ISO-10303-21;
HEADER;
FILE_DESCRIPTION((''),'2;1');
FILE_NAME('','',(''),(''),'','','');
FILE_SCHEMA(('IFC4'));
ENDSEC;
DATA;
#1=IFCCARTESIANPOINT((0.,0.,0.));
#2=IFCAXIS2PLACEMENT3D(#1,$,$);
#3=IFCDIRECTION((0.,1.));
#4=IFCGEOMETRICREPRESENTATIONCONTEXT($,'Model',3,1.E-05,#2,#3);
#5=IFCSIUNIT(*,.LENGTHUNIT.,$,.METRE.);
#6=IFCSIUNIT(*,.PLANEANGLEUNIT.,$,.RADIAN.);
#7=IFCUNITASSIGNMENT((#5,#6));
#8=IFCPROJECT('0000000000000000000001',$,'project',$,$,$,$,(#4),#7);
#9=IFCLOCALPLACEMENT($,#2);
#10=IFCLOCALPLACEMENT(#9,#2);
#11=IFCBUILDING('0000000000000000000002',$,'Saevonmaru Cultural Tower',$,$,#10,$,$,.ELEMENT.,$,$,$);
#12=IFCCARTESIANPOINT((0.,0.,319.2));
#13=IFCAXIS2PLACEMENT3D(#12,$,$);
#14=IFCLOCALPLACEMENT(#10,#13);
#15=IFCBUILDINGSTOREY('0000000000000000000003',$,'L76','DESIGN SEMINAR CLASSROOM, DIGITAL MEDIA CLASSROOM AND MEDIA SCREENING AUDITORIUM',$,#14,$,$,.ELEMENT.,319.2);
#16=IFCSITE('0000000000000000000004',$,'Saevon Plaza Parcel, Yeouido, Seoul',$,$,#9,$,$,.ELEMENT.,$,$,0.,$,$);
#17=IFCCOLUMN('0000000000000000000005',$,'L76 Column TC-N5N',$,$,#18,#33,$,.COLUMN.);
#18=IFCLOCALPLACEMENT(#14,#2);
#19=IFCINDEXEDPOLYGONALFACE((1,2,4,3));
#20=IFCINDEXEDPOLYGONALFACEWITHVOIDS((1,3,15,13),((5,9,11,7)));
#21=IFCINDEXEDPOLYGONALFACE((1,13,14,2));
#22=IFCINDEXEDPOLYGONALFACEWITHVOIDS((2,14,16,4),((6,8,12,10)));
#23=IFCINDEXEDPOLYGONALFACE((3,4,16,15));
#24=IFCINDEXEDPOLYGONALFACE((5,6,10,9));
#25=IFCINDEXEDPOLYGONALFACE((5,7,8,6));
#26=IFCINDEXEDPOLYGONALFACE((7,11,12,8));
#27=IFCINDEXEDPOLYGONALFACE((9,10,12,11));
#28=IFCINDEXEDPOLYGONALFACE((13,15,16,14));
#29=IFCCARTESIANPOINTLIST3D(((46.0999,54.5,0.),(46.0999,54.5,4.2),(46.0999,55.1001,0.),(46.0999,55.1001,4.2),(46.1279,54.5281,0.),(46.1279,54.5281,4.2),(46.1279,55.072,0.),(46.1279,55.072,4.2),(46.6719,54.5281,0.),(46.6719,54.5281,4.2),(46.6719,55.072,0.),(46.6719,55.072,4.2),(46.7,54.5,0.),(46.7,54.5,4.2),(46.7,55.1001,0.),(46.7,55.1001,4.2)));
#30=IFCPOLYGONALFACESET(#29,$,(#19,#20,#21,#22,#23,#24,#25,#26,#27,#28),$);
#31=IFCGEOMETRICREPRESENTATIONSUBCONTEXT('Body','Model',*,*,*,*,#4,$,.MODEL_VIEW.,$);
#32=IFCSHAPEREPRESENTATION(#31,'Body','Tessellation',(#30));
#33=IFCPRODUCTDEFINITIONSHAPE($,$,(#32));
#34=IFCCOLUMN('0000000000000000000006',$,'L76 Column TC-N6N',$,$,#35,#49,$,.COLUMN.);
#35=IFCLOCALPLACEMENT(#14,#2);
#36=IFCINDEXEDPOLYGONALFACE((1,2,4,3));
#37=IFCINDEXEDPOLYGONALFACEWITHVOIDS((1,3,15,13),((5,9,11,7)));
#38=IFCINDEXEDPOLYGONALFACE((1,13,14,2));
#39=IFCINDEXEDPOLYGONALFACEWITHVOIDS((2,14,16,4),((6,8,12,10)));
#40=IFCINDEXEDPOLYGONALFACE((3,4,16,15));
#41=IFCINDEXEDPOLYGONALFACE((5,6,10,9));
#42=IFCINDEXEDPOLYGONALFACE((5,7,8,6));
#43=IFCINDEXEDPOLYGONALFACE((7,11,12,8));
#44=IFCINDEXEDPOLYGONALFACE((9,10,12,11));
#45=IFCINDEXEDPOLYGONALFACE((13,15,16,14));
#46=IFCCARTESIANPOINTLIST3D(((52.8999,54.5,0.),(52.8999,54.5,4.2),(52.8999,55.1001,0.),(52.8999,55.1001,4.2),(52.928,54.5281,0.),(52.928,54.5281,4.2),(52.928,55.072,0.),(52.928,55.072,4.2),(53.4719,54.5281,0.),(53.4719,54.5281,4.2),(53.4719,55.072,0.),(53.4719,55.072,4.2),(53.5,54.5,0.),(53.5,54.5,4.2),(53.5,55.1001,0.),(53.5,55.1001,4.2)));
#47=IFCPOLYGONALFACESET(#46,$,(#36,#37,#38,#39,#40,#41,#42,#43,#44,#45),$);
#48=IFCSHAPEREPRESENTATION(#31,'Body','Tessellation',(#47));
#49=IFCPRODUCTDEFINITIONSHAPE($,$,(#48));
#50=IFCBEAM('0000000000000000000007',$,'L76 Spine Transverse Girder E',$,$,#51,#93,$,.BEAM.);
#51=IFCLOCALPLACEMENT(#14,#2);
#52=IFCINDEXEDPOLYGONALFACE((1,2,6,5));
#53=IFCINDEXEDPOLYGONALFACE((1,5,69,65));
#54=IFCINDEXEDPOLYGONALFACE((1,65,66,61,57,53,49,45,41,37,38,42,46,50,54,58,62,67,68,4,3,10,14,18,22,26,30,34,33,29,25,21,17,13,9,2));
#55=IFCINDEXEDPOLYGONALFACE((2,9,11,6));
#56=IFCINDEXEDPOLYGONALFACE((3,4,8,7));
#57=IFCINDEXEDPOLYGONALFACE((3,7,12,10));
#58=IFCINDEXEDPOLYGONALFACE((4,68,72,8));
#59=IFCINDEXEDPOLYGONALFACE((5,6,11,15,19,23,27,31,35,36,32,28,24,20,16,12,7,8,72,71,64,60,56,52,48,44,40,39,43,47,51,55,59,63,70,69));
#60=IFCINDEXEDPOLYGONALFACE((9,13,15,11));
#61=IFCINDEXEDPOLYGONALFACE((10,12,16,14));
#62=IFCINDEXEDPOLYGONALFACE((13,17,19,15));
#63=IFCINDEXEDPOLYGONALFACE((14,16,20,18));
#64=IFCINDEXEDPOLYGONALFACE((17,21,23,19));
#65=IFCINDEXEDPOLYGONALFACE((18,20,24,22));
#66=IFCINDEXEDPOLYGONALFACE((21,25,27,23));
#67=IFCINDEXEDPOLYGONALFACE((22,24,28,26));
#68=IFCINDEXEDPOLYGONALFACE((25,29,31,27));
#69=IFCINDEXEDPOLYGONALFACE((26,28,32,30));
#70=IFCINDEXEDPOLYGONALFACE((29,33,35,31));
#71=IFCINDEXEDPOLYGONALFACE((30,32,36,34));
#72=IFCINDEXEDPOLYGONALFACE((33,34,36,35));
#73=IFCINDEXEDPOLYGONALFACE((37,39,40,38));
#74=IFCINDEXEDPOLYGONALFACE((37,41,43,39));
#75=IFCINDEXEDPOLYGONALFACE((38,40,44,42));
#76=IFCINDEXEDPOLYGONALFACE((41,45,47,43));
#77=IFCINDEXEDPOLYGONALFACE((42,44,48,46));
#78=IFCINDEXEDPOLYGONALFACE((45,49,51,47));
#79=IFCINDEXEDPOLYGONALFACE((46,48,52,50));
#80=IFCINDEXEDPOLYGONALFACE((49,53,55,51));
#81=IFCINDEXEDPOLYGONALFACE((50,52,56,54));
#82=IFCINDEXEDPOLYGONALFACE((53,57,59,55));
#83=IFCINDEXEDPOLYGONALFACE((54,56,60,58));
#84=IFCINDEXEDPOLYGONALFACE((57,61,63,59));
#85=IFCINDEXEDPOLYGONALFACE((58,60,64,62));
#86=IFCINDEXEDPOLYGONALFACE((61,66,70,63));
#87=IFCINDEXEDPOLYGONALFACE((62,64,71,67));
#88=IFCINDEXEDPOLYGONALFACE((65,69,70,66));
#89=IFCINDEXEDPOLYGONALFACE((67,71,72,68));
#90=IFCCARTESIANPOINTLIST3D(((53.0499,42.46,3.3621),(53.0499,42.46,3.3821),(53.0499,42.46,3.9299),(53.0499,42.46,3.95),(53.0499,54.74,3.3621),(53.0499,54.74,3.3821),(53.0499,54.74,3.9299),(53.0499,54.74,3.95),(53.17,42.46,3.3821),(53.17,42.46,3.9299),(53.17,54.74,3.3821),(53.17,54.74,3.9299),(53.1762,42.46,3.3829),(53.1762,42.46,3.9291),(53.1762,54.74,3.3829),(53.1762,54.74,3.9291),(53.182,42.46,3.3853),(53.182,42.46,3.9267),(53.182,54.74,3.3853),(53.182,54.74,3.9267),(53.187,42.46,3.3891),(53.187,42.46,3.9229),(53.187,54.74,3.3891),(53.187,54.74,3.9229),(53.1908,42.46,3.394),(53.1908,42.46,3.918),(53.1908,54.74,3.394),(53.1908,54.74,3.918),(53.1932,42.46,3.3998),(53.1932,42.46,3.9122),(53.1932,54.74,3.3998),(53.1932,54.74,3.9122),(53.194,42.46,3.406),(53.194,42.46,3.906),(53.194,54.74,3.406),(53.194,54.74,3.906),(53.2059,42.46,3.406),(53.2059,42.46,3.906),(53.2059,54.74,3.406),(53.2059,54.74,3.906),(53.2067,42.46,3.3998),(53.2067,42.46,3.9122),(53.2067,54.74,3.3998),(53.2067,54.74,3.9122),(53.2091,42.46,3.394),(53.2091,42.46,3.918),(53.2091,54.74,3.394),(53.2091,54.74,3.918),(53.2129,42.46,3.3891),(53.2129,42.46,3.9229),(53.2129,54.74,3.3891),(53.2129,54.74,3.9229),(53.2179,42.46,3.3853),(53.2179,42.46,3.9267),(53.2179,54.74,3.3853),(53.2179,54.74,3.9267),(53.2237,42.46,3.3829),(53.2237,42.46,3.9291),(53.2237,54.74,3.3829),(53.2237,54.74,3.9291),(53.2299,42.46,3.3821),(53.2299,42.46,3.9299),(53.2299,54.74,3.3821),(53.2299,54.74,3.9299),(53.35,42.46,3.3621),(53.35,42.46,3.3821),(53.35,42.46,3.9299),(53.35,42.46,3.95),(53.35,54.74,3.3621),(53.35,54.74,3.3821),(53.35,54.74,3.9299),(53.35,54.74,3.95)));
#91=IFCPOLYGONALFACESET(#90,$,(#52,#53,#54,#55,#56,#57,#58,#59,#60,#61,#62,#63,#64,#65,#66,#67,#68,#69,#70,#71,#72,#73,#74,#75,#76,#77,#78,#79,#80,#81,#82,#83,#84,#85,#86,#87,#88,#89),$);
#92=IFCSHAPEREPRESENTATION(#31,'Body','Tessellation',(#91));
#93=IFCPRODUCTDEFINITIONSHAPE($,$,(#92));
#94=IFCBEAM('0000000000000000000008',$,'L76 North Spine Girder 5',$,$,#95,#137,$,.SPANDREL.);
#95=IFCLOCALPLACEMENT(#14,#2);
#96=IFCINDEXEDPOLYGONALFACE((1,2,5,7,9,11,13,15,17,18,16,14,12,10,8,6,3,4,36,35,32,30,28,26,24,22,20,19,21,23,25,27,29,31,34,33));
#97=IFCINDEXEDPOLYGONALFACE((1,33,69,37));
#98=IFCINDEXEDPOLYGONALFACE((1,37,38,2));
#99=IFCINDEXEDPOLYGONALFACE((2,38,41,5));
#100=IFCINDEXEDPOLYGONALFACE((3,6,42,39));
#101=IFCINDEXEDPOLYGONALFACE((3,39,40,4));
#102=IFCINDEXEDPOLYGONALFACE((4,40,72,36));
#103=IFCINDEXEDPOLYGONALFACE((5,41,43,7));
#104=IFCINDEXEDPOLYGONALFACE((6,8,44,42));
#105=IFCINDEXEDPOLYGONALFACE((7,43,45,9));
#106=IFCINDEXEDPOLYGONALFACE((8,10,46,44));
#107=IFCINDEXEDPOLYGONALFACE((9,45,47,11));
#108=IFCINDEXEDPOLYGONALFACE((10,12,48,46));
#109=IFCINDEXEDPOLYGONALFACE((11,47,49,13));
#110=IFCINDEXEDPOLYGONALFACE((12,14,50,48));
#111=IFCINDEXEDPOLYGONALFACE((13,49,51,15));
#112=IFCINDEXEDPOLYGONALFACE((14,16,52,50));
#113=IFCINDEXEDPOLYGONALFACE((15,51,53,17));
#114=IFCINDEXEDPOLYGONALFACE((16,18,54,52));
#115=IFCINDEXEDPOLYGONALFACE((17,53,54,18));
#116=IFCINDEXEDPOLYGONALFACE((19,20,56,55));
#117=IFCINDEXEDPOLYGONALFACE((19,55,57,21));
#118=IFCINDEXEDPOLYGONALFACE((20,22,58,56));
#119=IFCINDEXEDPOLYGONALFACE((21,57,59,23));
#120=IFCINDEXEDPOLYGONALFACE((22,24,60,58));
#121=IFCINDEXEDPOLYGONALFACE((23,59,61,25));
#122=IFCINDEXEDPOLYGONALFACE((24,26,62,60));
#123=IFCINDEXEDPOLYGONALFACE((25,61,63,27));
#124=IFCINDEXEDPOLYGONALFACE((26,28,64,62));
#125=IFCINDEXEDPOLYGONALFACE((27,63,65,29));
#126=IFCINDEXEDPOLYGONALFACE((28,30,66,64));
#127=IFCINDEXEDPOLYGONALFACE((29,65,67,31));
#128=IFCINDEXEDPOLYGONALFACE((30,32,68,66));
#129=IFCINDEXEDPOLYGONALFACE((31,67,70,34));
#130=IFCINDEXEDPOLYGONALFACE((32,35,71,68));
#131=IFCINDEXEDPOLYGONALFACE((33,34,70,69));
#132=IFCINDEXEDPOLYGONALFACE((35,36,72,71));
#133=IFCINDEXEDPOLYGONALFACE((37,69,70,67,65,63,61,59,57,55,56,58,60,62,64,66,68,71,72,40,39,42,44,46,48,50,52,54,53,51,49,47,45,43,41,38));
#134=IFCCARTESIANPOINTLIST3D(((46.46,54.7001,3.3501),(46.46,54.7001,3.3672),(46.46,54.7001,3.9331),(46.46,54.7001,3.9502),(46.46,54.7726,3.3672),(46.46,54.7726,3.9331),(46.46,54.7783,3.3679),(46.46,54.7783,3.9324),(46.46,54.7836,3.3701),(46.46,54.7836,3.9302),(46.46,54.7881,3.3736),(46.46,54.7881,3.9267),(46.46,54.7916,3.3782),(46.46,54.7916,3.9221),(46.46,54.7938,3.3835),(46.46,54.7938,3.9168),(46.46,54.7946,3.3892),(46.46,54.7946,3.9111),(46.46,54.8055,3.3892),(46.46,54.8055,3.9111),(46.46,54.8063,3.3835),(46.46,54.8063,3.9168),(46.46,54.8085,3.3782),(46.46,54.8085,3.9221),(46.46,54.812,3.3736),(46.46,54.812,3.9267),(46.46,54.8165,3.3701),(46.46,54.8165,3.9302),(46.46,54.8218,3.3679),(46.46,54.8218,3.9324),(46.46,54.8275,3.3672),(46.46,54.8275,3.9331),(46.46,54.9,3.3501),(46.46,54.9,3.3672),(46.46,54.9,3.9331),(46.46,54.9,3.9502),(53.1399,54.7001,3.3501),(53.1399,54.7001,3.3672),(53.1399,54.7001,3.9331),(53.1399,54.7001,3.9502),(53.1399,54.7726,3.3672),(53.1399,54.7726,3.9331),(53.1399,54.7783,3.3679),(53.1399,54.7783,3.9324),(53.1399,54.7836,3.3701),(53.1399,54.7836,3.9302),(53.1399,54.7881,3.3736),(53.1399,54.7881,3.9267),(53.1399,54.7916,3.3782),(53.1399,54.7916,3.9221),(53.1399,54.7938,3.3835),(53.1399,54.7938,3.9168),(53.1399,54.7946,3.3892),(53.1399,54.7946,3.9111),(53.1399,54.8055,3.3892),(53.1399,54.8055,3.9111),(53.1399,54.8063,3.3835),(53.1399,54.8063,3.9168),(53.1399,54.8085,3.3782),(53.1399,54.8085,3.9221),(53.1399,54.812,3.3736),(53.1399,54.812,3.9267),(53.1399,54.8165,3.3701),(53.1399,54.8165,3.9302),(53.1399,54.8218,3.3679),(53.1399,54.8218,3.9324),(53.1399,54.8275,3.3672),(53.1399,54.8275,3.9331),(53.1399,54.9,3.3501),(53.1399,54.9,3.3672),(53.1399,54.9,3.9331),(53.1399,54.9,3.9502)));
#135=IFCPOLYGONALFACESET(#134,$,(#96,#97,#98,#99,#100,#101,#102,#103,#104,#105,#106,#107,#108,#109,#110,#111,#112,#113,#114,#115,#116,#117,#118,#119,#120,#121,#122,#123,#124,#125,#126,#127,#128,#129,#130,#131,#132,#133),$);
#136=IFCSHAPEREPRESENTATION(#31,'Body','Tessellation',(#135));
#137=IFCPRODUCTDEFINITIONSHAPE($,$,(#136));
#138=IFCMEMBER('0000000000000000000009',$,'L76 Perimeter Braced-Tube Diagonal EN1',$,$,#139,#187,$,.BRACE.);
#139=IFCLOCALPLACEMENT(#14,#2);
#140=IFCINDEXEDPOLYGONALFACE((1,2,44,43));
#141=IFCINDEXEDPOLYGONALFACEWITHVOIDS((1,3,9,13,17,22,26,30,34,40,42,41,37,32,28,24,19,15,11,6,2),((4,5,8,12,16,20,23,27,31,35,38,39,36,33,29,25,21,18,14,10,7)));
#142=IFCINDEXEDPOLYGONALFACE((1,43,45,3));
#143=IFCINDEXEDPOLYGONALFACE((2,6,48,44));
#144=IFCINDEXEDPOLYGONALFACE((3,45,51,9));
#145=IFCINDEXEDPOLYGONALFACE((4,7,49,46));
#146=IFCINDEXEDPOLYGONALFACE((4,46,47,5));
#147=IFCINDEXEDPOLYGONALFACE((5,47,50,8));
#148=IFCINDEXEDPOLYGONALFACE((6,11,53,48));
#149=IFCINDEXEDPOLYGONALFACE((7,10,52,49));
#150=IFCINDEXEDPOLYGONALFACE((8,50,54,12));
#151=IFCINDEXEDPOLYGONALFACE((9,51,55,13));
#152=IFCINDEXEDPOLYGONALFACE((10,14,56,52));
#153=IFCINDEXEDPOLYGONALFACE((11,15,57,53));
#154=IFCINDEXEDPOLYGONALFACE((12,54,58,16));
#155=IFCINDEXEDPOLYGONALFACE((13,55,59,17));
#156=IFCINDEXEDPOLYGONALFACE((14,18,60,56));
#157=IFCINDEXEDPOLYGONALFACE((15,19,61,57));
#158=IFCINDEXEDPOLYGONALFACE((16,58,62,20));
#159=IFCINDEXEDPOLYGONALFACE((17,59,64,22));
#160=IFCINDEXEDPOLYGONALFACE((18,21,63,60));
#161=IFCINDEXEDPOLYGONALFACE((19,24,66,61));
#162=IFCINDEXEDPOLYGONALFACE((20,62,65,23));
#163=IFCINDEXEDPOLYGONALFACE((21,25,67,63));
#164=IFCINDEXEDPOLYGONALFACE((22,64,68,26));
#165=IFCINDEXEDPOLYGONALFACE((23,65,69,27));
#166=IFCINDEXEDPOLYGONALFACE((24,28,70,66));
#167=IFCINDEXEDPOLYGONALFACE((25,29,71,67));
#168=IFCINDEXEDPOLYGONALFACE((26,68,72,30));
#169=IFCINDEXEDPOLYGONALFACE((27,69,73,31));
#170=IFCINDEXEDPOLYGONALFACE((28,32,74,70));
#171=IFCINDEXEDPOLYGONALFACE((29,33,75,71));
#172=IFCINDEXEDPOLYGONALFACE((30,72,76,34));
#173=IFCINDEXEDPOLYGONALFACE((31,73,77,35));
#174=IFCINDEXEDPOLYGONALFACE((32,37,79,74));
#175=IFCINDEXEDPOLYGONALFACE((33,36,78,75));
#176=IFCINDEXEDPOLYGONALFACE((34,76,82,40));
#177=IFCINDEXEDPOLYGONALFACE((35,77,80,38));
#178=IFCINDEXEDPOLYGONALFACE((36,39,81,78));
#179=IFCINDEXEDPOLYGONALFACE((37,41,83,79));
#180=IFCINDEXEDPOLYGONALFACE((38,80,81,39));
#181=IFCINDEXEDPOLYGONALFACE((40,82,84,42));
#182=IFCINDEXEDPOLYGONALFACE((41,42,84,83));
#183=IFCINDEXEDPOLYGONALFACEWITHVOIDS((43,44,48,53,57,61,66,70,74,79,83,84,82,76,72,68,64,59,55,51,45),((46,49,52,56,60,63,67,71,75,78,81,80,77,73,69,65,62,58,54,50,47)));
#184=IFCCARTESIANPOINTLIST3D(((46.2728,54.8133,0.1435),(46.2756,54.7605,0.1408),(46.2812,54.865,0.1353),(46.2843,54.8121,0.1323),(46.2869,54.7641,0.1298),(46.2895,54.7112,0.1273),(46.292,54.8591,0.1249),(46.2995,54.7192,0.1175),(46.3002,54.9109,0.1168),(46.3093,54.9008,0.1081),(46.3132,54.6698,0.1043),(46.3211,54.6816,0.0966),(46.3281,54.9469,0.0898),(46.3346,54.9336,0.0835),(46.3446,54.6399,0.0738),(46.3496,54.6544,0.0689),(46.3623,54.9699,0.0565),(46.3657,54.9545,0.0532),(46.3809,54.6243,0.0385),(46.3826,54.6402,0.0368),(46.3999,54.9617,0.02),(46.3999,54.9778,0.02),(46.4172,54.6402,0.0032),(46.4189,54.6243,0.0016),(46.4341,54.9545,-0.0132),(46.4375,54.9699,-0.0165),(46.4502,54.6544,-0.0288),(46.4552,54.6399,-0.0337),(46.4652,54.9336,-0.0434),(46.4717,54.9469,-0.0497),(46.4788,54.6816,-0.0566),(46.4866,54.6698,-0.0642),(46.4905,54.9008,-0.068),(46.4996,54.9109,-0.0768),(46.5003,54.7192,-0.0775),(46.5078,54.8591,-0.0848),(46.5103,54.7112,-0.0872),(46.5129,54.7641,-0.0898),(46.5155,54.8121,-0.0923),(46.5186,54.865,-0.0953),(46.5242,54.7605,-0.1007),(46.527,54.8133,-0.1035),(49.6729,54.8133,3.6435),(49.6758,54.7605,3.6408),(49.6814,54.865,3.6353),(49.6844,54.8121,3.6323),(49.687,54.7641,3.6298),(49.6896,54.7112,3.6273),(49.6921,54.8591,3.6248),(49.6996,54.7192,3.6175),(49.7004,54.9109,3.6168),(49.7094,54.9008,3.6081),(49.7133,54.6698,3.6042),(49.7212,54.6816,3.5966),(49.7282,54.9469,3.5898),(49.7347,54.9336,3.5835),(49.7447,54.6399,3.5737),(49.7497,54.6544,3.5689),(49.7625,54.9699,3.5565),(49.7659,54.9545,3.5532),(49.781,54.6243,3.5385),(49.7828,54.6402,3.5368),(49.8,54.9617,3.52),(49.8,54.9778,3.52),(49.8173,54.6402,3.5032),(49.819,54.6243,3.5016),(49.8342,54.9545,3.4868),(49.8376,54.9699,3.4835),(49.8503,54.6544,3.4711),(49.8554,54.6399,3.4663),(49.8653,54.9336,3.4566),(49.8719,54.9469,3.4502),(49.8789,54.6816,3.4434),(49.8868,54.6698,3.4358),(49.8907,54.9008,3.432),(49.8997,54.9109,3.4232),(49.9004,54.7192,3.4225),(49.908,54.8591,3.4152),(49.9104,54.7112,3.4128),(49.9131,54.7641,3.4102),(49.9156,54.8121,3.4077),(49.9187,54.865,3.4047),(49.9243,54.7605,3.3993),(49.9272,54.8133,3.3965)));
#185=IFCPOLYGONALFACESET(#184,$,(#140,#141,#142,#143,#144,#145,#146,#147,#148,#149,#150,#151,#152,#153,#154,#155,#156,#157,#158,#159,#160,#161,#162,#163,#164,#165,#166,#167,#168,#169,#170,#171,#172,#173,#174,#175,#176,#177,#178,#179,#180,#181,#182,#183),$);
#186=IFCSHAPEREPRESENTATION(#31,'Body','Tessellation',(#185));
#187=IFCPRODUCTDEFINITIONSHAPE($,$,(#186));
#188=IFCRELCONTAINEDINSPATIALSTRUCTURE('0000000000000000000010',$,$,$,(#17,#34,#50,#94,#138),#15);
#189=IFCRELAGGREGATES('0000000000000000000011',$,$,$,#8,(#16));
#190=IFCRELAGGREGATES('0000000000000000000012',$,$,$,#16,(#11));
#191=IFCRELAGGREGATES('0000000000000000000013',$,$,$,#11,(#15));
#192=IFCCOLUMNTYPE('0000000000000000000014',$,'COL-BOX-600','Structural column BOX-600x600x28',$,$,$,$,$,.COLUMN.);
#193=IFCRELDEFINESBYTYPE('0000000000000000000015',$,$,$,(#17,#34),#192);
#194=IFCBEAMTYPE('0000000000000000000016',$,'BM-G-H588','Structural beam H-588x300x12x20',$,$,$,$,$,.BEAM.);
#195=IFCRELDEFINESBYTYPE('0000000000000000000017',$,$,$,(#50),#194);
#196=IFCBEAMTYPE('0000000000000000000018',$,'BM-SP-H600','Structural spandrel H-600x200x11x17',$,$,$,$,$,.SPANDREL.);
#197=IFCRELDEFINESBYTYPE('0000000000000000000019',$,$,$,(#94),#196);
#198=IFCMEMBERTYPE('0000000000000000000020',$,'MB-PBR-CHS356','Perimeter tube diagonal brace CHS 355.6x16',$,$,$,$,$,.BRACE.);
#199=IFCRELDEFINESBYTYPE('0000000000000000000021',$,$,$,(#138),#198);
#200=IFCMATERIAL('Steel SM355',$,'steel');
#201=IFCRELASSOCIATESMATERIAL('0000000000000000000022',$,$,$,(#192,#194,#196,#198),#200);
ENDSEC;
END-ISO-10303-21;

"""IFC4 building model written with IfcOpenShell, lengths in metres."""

from ifc_helpers import new_model, si_unit, direction, frame, origin, origin_2d, place, context, subcontext, project, spatial, hollow_rectangle, hollow_circle, i_section, extrude, material, material_profile, profile_set, type_object, element, save


model = new_model("IFC4")

# Units and contexts
model_context = context("Model", 3, precision=1e-05, world=origin(), true_north=direction((0.0, 1.0)))
body_context = subcontext(model_context, "Body", "Model", "MODEL_VIEW")
ifc_project = project(units=[si_unit("LENGTHUNIT", "METRE"), si_unit("PLANEANGLEUNIT", "RADIAN")], contexts=[model_context])

# Site, building, storey
site_placement = place(None, origin())
site = spatial("IfcSite", under=ifc_project, at=site_placement, Name="Saevon Plaza Parcel, Yeouido, Seoul", CompositionType="ELEMENT", RefElevation=0.0)
building_placement = place(site_placement, origin())
building = spatial("IfcBuilding", under=site, at=building_placement, Name="Saevonmaru Cultural Tower", CompositionType="ELEMENT")
storey_placement = place(building_placement, frame((0.0, 0.0, 319.2)))
storey = spatial("IfcBuildingStorey", under=building, at=storey_placement, Name="L76", Description="DESIGN SEMINAR CLASSROOM, DIGITAL MEDIA CLASSROOM AND MEDIA SCREENING AUDITORIUM", CompositionType="ELEMENT", Elevation=319.2)

# Columns
ifc_material_1 = material(Name="Steel SM355", Category="steel")
ifc_material_profile_1 = material_profile(ifc_material_1, hollow_rectangle(XDim=0.6001, YDim=0.6001, WallThickness=0.0281, at=origin_2d()), Name="BOX-600x600x28")
ifc_profile_set_1 = profile_set([ifc_material_profile_1], Name="Steel SM355")
column_type = type_object("IfcColumnType", Name="COL-BOX-600", Description="Structural column BOX-600x600x28", PredefinedType="COLUMN", material=ifc_profile_set_1)
for number, where, z_axis, x_axis, name in (
    (1, (46.3999, 54.8, 0.0), (0.0, 0.0, 1.0), (1.0, 0.0, 0.0), "L76 Column TC-N5N"),
    (2, (53.2, 54.8, 0.0), (0.0, 0.0, 1.0), (1.0, 0.0, 0.0), "L76 Column TC-N6N"),
):
    element("IfcColumn", number, at=place(storey_placement, frame(where, z_axis=z_axis, x_axis=x_axis)), inside=storey, type_object=column_type, Name=name, PredefinedType="COLUMN", context=body_context, shape_type="SweptSolid", body=[
        extrude(hollow_rectangle(XDim=0.6001, YDim=0.6001, WallThickness=0.0281, at=origin_2d()), origin(), (0.0, 0.0, 1.0), 4.2),
    ])

# Beams
ifc_material_profile_2 = material_profile(ifc_material_1, i_section(OverallWidth=0.3, OverallDepth=0.5879, WebThickness=0.012, FlangeThickness=0.02, FilletRadius=0.0239, at=origin_2d()), Name="H-588x300x12x20")
ifc_profile_set_2 = profile_set([ifc_material_profile_2], Name="Steel SM355")
beam_type_1 = type_object("IfcBeamType", Name="BM-G-H588", Description="Structural beam H-588x300x12x20", PredefinedType="BEAM", material=ifc_profile_set_2)
beam_1_placement = place(storey_placement, frame((53.2, 54.74, 3.656), z_axis=(0.0, -1.0, 0.0), x_axis=(1.0, 0.0, 0.0)))
element("IfcBeam", 3, at=beam_1_placement, inside=storey, type_object=beam_type_1, Name="L76 Spine Transverse Girder E", PredefinedType="BEAM", context=body_context, shape_type="SweptSolid", body=[
    extrude(i_section(OverallWidth=0.3, OverallDepth=0.5879, WebThickness=0.012, FlangeThickness=0.02, FilletRadius=0.0239, at=origin_2d()), origin(), (0.0, 0.0, 1.0), 12.28),
])
ifc_material_profile_3 = material_profile(ifc_material_1, i_section(OverallWidth=0.2, OverallDepth=0.6001, WebThickness=0.011, FlangeThickness=0.0171, FilletRadius=0.022, at=origin_2d()), Name="H-600x200x11x17")
ifc_profile_set_3 = profile_set([ifc_material_profile_3], Name="Steel SM355")
beam_type_2 = type_object("IfcBeamType", Name="BM-SP-H600", Description="Structural spandrel H-600x200x11x17", PredefinedType="SPANDREL", material=ifc_profile_set_3)
beam_2_placement = place(storey_placement, frame((46.46, 54.8, 3.6501), z_axis=(1.0, 0.0, 0.0), x_axis=(0.0, 1.0, 0.0)))
element("IfcBeam", 4, at=beam_2_placement, inside=storey, type_object=beam_type_2, Name="L76 North Spine Girder 5", PredefinedType="SPANDREL", context=body_context, shape_type="SweptSolid", body=[
    extrude(i_section(OverallWidth=0.2, OverallDepth=0.6001, WebThickness=0.011, FlangeThickness=0.0171, FilletRadius=0.022, at=origin_2d()), origin(), (0.0, 0.0, 1.0), 6.6799),
])

# Member
ifc_material_profile_4 = material_profile(ifc_material_1, hollow_circle(Radius=0.1777, WallThickness=0.0161, at=origin_2d()), Name="CHS-355.6x16")
ifc_profile_set_4 = profile_set([ifc_material_profile_4], Name="Steel SM355")
member_type_1 = type_object("IfcMemberType", Name="MB-PBR-CHS356", Description="Perimeter tube diagonal brace CHS 355.6x16", PredefinedType="BRACE", material=ifc_profile_set_4)
member_1_placement = place(storey_placement, frame((46.3999, 54.8, 0.02), z_axis=(0.696801, 0.0, 0.717264), x_axis=(0.0, 1.0, 0.0)))
element("IfcMember", 5, at=member_1_placement, inside=storey, type_object=member_type_1, Name="L76 Perimeter Braced-Tube Diagonal EN1", PredefinedType="BRACE", context=body_context, shape_type="SweptSolid", body=[
    extrude(hollow_circle(Radius=0.1777, WallThickness=0.0161, at=origin_2d()), origin(), (0.0, 0.0, 1.0), 4.8796),
])

save(model, "model.ifc")
